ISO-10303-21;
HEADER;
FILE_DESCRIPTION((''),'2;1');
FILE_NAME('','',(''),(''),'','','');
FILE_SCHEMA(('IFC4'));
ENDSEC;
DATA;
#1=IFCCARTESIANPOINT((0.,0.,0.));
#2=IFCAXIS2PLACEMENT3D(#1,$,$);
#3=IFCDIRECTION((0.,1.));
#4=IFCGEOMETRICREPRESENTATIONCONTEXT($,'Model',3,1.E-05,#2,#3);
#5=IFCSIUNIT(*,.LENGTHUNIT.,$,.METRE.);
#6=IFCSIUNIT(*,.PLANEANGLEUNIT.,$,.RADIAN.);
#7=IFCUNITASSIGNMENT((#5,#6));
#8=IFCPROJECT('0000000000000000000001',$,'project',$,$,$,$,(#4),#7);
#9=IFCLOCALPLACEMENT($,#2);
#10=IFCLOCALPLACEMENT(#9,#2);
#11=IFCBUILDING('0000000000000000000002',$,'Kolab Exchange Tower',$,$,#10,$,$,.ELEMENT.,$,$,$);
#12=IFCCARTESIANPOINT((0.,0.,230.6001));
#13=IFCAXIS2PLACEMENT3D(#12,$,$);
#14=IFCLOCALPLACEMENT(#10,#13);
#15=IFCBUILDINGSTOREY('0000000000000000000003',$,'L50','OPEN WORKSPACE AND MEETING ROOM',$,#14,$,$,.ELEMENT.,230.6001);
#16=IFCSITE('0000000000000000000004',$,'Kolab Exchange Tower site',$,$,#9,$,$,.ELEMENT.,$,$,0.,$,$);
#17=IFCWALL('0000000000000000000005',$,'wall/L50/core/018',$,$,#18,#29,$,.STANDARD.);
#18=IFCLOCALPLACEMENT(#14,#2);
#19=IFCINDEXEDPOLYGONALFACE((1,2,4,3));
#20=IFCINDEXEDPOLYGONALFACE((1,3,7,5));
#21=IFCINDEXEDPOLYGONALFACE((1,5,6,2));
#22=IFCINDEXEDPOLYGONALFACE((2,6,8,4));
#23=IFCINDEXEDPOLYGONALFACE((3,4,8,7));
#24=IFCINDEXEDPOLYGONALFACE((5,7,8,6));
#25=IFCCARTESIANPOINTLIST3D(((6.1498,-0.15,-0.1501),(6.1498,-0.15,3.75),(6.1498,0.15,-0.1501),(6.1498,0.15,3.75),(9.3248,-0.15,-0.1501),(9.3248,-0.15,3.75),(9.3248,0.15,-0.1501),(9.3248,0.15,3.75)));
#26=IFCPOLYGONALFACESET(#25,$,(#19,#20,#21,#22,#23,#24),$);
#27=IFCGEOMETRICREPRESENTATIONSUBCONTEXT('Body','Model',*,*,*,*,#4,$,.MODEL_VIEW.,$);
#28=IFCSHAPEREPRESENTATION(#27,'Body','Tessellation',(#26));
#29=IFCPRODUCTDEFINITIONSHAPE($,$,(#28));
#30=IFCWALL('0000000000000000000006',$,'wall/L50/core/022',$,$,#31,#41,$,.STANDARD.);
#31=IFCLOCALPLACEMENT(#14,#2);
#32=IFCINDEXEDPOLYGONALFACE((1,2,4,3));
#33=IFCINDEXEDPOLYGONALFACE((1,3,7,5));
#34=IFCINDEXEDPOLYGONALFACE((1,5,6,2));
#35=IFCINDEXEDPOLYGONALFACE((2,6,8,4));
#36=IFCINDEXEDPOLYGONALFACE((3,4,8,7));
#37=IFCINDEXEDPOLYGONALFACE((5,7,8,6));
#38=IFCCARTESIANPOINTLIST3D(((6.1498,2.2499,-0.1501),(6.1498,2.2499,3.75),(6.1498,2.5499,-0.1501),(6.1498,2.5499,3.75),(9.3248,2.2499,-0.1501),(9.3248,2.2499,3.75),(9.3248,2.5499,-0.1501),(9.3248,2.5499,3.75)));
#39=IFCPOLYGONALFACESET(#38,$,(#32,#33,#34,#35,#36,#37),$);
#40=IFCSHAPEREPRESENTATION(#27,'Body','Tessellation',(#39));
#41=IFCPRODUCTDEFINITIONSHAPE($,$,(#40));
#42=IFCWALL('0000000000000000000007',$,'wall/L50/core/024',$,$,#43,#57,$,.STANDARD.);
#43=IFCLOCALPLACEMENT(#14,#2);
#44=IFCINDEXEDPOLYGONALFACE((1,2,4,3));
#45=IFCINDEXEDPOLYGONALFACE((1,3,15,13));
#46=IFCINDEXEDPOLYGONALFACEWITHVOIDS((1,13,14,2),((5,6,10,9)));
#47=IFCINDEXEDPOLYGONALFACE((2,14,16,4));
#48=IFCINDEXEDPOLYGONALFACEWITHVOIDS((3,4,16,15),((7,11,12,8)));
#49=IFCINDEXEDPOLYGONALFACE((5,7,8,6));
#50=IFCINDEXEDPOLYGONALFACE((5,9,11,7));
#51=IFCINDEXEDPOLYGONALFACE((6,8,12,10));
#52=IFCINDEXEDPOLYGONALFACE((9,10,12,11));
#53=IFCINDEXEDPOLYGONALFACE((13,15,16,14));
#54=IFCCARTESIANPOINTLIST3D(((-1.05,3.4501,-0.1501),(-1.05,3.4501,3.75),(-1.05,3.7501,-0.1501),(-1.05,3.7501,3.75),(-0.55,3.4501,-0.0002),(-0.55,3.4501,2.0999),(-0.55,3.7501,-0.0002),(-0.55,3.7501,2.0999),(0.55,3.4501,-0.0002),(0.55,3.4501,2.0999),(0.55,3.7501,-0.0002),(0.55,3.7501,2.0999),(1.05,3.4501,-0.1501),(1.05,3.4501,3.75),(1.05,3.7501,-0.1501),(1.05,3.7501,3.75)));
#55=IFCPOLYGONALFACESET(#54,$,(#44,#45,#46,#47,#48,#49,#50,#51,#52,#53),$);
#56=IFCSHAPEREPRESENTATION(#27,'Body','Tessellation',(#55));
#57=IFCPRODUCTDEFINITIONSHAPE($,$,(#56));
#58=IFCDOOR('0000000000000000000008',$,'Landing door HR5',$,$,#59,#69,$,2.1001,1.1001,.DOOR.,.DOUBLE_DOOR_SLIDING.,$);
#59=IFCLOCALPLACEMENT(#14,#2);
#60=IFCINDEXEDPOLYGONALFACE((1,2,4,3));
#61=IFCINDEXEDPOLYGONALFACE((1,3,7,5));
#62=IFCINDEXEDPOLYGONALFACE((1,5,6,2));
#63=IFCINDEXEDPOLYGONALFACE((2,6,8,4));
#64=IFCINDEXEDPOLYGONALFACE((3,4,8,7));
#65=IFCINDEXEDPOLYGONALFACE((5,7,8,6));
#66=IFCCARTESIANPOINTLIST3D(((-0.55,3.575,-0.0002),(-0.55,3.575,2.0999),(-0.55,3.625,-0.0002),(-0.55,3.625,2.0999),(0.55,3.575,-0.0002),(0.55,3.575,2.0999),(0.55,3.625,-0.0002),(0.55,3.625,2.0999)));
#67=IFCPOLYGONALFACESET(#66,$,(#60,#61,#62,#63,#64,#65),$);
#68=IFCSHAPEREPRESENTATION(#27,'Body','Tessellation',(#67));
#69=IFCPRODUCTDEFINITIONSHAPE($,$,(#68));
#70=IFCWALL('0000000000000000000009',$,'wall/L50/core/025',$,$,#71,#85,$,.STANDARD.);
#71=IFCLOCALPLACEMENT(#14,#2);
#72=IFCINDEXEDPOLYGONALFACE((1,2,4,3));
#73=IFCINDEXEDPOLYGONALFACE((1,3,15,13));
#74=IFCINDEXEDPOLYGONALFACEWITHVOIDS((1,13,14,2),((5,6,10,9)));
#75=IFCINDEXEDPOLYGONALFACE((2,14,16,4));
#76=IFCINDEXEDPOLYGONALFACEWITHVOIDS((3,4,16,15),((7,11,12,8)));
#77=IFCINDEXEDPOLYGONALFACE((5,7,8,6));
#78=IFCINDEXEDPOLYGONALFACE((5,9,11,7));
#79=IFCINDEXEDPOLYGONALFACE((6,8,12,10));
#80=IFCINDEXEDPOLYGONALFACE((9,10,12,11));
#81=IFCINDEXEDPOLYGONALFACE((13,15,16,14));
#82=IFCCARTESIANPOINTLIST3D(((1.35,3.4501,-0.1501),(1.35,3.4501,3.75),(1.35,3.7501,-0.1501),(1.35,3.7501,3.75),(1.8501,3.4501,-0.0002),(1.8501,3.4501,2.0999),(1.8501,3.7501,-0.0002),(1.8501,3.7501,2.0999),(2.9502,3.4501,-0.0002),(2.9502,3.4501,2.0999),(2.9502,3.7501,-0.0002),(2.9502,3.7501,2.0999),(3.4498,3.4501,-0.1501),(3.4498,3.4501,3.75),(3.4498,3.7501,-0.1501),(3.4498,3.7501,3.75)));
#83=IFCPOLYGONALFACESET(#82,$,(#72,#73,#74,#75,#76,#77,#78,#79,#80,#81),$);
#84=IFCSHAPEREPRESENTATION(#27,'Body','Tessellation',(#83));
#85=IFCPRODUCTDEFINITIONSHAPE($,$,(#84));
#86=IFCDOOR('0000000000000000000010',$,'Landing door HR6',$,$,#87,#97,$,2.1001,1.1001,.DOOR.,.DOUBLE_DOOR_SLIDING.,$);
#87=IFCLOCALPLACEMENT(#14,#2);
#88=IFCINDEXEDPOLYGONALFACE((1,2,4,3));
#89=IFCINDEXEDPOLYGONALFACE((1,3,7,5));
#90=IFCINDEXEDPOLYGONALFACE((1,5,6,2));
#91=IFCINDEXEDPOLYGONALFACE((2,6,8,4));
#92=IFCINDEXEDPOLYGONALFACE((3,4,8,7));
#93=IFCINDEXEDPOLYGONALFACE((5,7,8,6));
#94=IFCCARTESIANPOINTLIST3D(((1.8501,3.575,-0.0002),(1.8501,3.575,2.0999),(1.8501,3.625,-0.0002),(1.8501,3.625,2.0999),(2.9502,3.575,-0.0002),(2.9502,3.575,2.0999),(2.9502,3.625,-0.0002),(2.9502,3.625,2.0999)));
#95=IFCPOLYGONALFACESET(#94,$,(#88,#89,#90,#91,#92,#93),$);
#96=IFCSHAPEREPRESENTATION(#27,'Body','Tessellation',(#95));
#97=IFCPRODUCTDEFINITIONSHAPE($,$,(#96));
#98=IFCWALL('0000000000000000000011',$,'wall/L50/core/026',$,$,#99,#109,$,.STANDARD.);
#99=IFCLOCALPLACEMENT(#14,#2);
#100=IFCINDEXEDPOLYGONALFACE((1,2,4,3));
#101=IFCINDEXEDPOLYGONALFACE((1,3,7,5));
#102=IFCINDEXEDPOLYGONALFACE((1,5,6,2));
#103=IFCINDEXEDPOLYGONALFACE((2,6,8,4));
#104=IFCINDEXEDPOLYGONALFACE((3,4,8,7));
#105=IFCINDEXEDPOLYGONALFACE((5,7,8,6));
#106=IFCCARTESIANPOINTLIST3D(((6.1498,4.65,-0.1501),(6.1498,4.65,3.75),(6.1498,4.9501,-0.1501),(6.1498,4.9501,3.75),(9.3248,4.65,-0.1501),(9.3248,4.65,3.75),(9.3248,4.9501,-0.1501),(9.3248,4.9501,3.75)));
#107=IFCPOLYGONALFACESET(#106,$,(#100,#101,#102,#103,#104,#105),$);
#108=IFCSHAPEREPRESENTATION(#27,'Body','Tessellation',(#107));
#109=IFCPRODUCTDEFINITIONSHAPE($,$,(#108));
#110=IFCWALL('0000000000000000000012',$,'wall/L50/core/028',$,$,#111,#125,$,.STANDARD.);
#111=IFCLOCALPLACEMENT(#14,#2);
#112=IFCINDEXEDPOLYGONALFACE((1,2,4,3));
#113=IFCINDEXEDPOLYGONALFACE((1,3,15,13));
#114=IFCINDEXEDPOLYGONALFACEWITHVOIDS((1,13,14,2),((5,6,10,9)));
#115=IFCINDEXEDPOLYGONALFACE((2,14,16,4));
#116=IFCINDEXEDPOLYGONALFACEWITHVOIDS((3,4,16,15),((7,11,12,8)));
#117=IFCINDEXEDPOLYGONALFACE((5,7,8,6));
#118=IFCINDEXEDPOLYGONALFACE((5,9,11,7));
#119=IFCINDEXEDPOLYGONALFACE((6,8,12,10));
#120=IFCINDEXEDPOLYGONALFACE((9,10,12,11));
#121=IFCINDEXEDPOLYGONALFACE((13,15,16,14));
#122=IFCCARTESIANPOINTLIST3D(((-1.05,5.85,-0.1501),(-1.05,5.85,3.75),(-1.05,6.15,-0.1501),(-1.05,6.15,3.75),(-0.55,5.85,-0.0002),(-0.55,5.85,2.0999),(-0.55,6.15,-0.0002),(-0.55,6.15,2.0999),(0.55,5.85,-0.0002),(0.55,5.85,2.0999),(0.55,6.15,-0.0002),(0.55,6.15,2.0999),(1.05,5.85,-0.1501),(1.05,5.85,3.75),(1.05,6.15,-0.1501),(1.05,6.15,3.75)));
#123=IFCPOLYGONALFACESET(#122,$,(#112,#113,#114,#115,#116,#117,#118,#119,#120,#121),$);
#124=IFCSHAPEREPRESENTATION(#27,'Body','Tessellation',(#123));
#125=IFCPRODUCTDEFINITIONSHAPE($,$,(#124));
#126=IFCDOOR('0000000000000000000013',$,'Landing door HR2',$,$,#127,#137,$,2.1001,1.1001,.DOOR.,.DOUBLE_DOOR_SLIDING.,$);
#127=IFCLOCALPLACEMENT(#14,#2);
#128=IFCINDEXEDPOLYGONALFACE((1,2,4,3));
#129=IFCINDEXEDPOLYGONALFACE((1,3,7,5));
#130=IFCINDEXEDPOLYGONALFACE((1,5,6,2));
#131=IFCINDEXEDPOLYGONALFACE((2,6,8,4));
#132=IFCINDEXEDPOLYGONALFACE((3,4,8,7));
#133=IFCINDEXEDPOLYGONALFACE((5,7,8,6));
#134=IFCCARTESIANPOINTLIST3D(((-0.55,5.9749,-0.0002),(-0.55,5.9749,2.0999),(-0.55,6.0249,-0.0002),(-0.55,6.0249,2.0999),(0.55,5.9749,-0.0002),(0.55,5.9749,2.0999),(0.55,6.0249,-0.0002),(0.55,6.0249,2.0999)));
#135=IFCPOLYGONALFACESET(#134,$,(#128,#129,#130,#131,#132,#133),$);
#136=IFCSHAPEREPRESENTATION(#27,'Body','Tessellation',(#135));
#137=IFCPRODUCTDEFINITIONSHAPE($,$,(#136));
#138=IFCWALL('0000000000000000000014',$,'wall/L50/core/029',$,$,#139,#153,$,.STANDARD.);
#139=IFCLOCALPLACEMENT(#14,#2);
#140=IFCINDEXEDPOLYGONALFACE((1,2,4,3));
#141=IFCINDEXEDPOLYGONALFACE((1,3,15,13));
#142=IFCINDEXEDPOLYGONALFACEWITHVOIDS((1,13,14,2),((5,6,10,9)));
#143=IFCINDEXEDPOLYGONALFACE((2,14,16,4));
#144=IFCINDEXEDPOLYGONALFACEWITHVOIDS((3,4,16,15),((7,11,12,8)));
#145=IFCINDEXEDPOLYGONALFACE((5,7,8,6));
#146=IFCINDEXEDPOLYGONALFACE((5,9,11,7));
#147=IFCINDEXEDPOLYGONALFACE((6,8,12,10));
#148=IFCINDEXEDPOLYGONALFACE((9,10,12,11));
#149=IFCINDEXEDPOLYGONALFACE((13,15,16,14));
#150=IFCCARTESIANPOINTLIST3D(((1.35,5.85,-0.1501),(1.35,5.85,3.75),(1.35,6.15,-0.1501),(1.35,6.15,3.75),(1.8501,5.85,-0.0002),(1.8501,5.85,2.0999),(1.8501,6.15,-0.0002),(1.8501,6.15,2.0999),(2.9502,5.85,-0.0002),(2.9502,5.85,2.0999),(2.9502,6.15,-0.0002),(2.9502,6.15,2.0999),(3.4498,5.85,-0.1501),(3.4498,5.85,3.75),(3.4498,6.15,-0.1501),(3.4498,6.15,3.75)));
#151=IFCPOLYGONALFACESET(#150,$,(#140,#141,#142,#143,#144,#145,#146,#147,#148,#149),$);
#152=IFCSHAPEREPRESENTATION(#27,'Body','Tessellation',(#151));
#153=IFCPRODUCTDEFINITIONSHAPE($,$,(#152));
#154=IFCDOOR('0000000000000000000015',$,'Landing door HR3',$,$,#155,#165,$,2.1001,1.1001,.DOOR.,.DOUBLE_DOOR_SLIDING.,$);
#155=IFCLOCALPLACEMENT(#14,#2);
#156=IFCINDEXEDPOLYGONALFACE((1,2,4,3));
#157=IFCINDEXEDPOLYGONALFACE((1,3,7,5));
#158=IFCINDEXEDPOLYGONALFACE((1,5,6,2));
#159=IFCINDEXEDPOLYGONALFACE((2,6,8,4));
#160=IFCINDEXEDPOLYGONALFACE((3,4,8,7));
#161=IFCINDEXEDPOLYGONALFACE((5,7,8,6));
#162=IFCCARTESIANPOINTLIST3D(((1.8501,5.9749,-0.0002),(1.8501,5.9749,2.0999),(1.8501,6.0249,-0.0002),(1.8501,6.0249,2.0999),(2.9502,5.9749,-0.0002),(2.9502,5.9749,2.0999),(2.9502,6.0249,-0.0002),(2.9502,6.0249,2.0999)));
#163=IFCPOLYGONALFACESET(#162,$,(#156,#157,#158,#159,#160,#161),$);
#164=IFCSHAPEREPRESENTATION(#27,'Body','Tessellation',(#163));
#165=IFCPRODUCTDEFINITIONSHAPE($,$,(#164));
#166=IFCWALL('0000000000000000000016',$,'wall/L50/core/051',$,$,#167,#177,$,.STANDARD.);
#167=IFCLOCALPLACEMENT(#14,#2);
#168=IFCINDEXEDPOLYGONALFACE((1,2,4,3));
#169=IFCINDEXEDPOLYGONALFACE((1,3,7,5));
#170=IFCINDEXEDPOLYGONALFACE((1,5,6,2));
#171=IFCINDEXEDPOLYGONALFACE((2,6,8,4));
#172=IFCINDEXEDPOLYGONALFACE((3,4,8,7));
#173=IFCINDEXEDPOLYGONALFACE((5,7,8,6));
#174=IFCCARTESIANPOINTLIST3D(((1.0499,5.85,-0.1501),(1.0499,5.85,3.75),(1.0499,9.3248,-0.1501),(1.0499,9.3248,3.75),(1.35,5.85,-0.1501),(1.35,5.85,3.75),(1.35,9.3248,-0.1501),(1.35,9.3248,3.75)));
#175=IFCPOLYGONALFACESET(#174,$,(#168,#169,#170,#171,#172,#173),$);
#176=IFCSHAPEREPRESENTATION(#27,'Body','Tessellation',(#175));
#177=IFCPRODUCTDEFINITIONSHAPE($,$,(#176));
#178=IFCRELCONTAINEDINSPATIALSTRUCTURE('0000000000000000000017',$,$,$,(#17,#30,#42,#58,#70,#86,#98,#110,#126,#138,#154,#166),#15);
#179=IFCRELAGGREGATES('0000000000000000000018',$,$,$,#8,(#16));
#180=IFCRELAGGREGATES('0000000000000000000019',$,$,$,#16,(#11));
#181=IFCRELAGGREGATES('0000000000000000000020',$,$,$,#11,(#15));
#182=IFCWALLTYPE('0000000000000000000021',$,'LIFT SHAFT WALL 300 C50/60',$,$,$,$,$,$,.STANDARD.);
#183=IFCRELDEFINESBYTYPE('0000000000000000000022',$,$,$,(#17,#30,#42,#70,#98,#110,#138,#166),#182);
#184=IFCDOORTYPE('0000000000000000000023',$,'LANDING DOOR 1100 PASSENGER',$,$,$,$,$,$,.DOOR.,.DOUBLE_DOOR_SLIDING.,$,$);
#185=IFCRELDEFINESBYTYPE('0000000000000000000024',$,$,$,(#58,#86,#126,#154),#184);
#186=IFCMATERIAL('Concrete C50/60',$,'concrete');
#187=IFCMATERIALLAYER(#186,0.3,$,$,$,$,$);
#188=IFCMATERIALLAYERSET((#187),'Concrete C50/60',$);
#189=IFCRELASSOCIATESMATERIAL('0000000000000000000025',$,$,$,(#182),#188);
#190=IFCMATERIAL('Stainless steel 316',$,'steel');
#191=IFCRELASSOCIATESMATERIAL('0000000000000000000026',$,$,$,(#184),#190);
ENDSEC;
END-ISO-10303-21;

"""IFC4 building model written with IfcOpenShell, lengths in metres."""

from ifc_helpers import new_model, si_unit, direction, frame, frame_2d, origin, place, context, subcontext, project, spatial, rectangle, extrude, material, layer, layer_set, type_object, element, fill, save


model = new_model("IFC4")

# Units and contexts
model_context = context("Model", 3, precision=1e-05, world=origin(), true_north=direction((0.0, 1.0)))
body_context = subcontext(model_context, "Body", "Model", "MODEL_VIEW")
ifc_project = project(units=[si_unit("LENGTHUNIT", "METRE"), si_unit("PLANEANGLEUNIT", "RADIAN")], contexts=[model_context])

# Site, building, storey
site_placement = place(None, origin())
site = spatial("IfcSite", under=ifc_project, at=site_placement, Name="Kolab Exchange Tower site", CompositionType="ELEMENT", RefElevation=0.0)
building_placement = place(site_placement, origin())
building = spatial("IfcBuilding", under=site, at=building_placement, Name="Kolab Exchange Tower", CompositionType="ELEMENT")
storey_placement = place(building_placement, frame((0.0, 0.0, 230.6001)))
storey = spatial("IfcBuildingStorey", under=building, at=storey_placement, Name="L50", Description="OPEN WORKSPACE AND MEETING ROOM", CompositionType="ELEMENT", Elevation=230.6001)

# Shared definitions
ifc_material_1 = material(Name="Concrete C50/60", Category="concrete")

# Walls
ifc_layer_1 = layer(ifc_material_1, 0.3)
ifc_layer_set_1 = layer_set([ifc_layer_1], Name="Concrete C50/60")
wall_type = type_object("IfcWallType", Name="LIFT SHAFT WALL 300 C50/60", PredefinedType="STANDARD", material=ifc_layer_set_1)
for number, where, z_axis, x_axis, name in (
    (1, (6.1499, 0.0, -0.1501), (0.0, 0.0, 1.0), (1.0, 0.0, 0.0), "wall/L50/core/018"),
    (2, (6.1499, 2.3999, -0.1501), (0.0, 0.0, 1.0), (1.0, 0.0, 0.0), "wall/L50/core/022"),
):
    element("IfcWall", number, at=place(storey_placement, frame(where, z_axis=z_axis, x_axis=x_axis)), inside=storey, type_object=wall_type, Name=name, PredefinedType="STANDARD", context=body_context, shape_type="SweptSolid", body=[
        extrude(rectangle(XDim=3.175, YDim=0.3, at=frame_2d((1.5874, 0.0))), origin(), (0.0, 0.0, 1.0), 3.9001),
    ])

# Walls, openings, doors
wall_1_placement = place(storey_placement, frame((-1.05, 3.6001, -0.1501), z_axis=(0.0, 0.0, 1.0), x_axis=(1.0, 0.0, 0.0)))
wall_1 = element("IfcWall", 3, at=wall_1_placement, inside=storey, type_object=wall_type, Name="wall/L50/core/024", PredefinedType="STANDARD", context=body_context, shape_type="SweptSolid", body=[
    extrude(rectangle(XDim=2.1001, YDim=0.3, at=frame_2d((1.05, 0.0))), origin(), (0.0, 0.0, 1.0), 3.9001),
])
opening_1_placement = place(wall_1_placement, frame((0.5, 0.0, 0.1499)))
opening_1 = element("IfcOpeningElement", 4, at=opening_1_placement, cuts=wall_1, PredefinedType="OPENING", context=body_context, shape_type="SweptSolid", body=[
    extrude(rectangle(XDim=1.1001, YDim=2.1001, at=frame_2d((0.55, 1.05))), frame((0.0, 0.1602, 0.0), z_axis=(0.0, -1.0, 0.0), x_axis=(1.0, 0.0, 0.0)), (0.0, 0.0, 1.0), 0.3201),
])
ifc_material_2 = material(Name="Stainless steel 316", Category="steel")
door_type = type_object("IfcDoorType", Name="LANDING DOOR 1100 PASSENGER", OperationType="DOUBLE_DOOR_SLIDING", PredefinedType="DOOR", material=ifc_material_2)
door_1_placement = place(opening_1_placement, origin())
door_1 = element("IfcDoor", 5, at=door_1_placement, inside=storey, type_object=door_type, Name="Landing door HR5", OperationType="DOUBLE_DOOR_SLIDING", OverallHeight=2.1001, OverallWidth=1.1001, PredefinedType="DOOR", context=body_context, shape_type="SweptSolid", body=[
    extrude(rectangle(XDim=1.1001, YDim=2.1001, at=frame_2d((0.55, 1.05))), frame((0.0, 0.0249, 0.0), z_axis=(0.0, -1.0, 0.0), x_axis=(1.0, 0.0, 0.0)), (0.0, 0.0, 1.0), 0.05),
])
fill(opening_1, door_1)
wall_2_placement = place(storey_placement, frame((1.3501, 3.6001, -0.1501), z_axis=(0.0, 0.0, 1.0), x_axis=(1.0, 0.0, 0.0)))
wall_2 = element("IfcWall", 6, at=wall_2_placement, inside=storey, type_object=wall_type, Name="wall/L50/core/025", PredefinedType="STANDARD", context=body_context, shape_type="SweptSolid", body=[
    extrude(rectangle(XDim=2.0999, YDim=0.3, at=frame_2d((1.0498, 0.0))), origin(), (0.0, 0.0, 1.0), 3.9001),
])
opening_2_placement = place(wall_2_placement, frame((0.5, 0.0, 0.1499)))
opening_2 = element("IfcOpeningElement", 7, at=opening_2_placement, cuts=wall_2, PredefinedType="OPENING", context=body_context, shape_type="SweptSolid", body=[
    extrude(rectangle(XDim=1.1001, YDim=2.1001, at=frame_2d((0.55, 1.05))), frame((0.0, 0.1602, 0.0), z_axis=(0.0, -1.0, 0.0), x_axis=(1.0, 0.0, 0.0)), (0.0, 0.0, 1.0), 0.3201),
])
door_2_placement = place(opening_2_placement, origin())
door_2 = element("IfcDoor", 8, at=door_2_placement, inside=storey, type_object=door_type, Name="Landing door HR6", OperationType="DOUBLE_DOOR_SLIDING", OverallHeight=2.1001, OverallWidth=1.1001, PredefinedType="DOOR", context=body_context, shape_type="SweptSolid", body=[
    extrude(rectangle(XDim=1.1001, YDim=2.1001, at=frame_2d((0.55, 1.05))), frame((0.0, 0.0249, 0.0), z_axis=(0.0, -1.0, 0.0), x_axis=(1.0, 0.0, 0.0)), (0.0, 0.0, 1.0), 0.05),
])
fill(opening_2, door_2)

# Wall
wall_3_placement = place(storey_placement, frame((6.1499, 4.8, -0.1501), z_axis=(0.0, 0.0, 1.0), x_axis=(1.0, 0.0, 0.0)))
element("IfcWall", 9, at=wall_3_placement, inside=storey, type_object=wall_type, Name="wall/L50/core/026", PredefinedType="STANDARD", context=body_context, shape_type="SweptSolid", body=[
    extrude(rectangle(XDim=3.175, YDim=0.3, at=frame_2d((1.5874, 0.0))), origin(), (0.0, 0.0, 1.0), 3.9001),
])

# Walls, openings, doors
wall_4_placement = place(storey_placement, frame((-1.05, 6.0, -0.1501), z_axis=(0.0, 0.0, 1.0), x_axis=(1.0, 0.0, 0.0)))
wall_4 = element("IfcWall", 10, at=wall_4_placement, inside=storey, type_object=wall_type, Name="wall/L50/core/028", PredefinedType="STANDARD", context=body_context, shape_type="SweptSolid", body=[
    extrude(rectangle(XDim=2.1001, YDim=0.3, at=frame_2d((1.05, 0.0))), origin(), (0.0, 0.0, 1.0), 3.9001),
])
opening_3_placement = place(wall_4_placement, frame((0.5, 0.0, 0.1499)))
opening_3 = element("IfcOpeningElement", 11, at=opening_3_placement, cuts=wall_4, PredefinedType="OPENING", context=body_context, shape_type="SweptSolid", body=[
    extrude(rectangle(XDim=1.1001, YDim=2.1001, at=frame_2d((0.55, 1.05))), frame((0.0, 0.1602, 0.0), z_axis=(0.0, -1.0, 0.0), x_axis=(1.0, 0.0, 0.0)), (0.0, 0.0, 1.0), 0.3201),
])
door_3_placement = place(opening_3_placement, origin())
door_3 = element("IfcDoor", 12, at=door_3_placement, inside=storey, type_object=door_type, Name="Landing door HR2", OperationType="DOUBLE_DOOR_SLIDING", OverallHeight=2.1001, OverallWidth=1.1001, PredefinedType="DOOR", context=body_context, shape_type="SweptSolid", body=[
    extrude(rectangle(XDim=1.1001, YDim=2.1001, at=frame_2d((0.55, 1.05))), frame((0.0, 0.0249, 0.0), z_axis=(0.0, -1.0, 0.0), x_axis=(1.0, 0.0, 0.0)), (0.0, 0.0, 1.0), 0.05),
])
fill(opening_3, door_3)
wall_5_placement = place(storey_placement, frame((1.3501, 6.0, -0.1501), z_axis=(0.0, 0.0, 1.0), x_axis=(1.0, 0.0, 0.0)))
wall_5 = element("IfcWall", 13, at=wall_5_placement, inside=storey, type_object=wall_type, Name="wall/L50/core/029", PredefinedType="STANDARD", context=body_context, shape_type="SweptSolid", body=[
    extrude(rectangle(XDim=2.0999, YDim=0.3, at=frame_2d((1.0498, 0.0))), origin(), (0.0, 0.0, 1.0), 3.9001),
])
opening_4_placement = place(wall_5_placement, frame((0.5, 0.0, 0.1499)))
opening_4 = element("IfcOpeningElement", 14, at=opening_4_placement, cuts=wall_5, PredefinedType="OPENING", context=body_context, shape_type="SweptSolid", body=[
    extrude(rectangle(XDim=1.1001, YDim=2.1001, at=frame_2d((0.55, 1.05))), frame((0.0, 0.1602, 0.0), z_axis=(0.0, -1.0, 0.0), x_axis=(1.0, 0.0, 0.0)), (0.0, 0.0, 1.0), 0.3201),
])
door_4_placement = place(opening_4_placement, origin())
door_4 = element("IfcDoor", 15, at=door_4_placement, inside=storey, type_object=door_type, Name="Landing door HR3", OperationType="DOUBLE_DOOR_SLIDING", OverallHeight=2.1001, OverallWidth=1.1001, PredefinedType="DOOR", context=body_context, shape_type="SweptSolid", body=[
    extrude(rectangle(XDim=1.1001, YDim=2.1001, at=frame_2d((0.55, 1.05))), frame((0.0, 0.0249, 0.0), z_axis=(0.0, -1.0, 0.0), x_axis=(1.0, 0.0, 0.0)), (0.0, 0.0, 1.0), 0.05),
])
fill(opening_4, door_4)

# Wall
for number, where, z_axis, x_axis, name in (
    (16, (1.2, 5.8501, -0.1501), (0.0, 0.0, 1.0), (0.0, 1.0, 0.0), "wall/L50/core/051"),
):
    element("IfcWall", number, at=place(storey_placement, frame(where, z_axis=z_axis, x_axis=x_axis)), inside=storey, type_object=wall_type, Name=name, PredefinedType="STANDARD", context=body_context, shape_type="SweptSolid", body=[
        extrude(rectangle(XDim=3.4749, YDim=0.3, at=frame_2d((1.7373, 0.0))), origin(), (0.0, 0.0, 1.0), 3.9001),
    ])

save(model, "model.ifc")
